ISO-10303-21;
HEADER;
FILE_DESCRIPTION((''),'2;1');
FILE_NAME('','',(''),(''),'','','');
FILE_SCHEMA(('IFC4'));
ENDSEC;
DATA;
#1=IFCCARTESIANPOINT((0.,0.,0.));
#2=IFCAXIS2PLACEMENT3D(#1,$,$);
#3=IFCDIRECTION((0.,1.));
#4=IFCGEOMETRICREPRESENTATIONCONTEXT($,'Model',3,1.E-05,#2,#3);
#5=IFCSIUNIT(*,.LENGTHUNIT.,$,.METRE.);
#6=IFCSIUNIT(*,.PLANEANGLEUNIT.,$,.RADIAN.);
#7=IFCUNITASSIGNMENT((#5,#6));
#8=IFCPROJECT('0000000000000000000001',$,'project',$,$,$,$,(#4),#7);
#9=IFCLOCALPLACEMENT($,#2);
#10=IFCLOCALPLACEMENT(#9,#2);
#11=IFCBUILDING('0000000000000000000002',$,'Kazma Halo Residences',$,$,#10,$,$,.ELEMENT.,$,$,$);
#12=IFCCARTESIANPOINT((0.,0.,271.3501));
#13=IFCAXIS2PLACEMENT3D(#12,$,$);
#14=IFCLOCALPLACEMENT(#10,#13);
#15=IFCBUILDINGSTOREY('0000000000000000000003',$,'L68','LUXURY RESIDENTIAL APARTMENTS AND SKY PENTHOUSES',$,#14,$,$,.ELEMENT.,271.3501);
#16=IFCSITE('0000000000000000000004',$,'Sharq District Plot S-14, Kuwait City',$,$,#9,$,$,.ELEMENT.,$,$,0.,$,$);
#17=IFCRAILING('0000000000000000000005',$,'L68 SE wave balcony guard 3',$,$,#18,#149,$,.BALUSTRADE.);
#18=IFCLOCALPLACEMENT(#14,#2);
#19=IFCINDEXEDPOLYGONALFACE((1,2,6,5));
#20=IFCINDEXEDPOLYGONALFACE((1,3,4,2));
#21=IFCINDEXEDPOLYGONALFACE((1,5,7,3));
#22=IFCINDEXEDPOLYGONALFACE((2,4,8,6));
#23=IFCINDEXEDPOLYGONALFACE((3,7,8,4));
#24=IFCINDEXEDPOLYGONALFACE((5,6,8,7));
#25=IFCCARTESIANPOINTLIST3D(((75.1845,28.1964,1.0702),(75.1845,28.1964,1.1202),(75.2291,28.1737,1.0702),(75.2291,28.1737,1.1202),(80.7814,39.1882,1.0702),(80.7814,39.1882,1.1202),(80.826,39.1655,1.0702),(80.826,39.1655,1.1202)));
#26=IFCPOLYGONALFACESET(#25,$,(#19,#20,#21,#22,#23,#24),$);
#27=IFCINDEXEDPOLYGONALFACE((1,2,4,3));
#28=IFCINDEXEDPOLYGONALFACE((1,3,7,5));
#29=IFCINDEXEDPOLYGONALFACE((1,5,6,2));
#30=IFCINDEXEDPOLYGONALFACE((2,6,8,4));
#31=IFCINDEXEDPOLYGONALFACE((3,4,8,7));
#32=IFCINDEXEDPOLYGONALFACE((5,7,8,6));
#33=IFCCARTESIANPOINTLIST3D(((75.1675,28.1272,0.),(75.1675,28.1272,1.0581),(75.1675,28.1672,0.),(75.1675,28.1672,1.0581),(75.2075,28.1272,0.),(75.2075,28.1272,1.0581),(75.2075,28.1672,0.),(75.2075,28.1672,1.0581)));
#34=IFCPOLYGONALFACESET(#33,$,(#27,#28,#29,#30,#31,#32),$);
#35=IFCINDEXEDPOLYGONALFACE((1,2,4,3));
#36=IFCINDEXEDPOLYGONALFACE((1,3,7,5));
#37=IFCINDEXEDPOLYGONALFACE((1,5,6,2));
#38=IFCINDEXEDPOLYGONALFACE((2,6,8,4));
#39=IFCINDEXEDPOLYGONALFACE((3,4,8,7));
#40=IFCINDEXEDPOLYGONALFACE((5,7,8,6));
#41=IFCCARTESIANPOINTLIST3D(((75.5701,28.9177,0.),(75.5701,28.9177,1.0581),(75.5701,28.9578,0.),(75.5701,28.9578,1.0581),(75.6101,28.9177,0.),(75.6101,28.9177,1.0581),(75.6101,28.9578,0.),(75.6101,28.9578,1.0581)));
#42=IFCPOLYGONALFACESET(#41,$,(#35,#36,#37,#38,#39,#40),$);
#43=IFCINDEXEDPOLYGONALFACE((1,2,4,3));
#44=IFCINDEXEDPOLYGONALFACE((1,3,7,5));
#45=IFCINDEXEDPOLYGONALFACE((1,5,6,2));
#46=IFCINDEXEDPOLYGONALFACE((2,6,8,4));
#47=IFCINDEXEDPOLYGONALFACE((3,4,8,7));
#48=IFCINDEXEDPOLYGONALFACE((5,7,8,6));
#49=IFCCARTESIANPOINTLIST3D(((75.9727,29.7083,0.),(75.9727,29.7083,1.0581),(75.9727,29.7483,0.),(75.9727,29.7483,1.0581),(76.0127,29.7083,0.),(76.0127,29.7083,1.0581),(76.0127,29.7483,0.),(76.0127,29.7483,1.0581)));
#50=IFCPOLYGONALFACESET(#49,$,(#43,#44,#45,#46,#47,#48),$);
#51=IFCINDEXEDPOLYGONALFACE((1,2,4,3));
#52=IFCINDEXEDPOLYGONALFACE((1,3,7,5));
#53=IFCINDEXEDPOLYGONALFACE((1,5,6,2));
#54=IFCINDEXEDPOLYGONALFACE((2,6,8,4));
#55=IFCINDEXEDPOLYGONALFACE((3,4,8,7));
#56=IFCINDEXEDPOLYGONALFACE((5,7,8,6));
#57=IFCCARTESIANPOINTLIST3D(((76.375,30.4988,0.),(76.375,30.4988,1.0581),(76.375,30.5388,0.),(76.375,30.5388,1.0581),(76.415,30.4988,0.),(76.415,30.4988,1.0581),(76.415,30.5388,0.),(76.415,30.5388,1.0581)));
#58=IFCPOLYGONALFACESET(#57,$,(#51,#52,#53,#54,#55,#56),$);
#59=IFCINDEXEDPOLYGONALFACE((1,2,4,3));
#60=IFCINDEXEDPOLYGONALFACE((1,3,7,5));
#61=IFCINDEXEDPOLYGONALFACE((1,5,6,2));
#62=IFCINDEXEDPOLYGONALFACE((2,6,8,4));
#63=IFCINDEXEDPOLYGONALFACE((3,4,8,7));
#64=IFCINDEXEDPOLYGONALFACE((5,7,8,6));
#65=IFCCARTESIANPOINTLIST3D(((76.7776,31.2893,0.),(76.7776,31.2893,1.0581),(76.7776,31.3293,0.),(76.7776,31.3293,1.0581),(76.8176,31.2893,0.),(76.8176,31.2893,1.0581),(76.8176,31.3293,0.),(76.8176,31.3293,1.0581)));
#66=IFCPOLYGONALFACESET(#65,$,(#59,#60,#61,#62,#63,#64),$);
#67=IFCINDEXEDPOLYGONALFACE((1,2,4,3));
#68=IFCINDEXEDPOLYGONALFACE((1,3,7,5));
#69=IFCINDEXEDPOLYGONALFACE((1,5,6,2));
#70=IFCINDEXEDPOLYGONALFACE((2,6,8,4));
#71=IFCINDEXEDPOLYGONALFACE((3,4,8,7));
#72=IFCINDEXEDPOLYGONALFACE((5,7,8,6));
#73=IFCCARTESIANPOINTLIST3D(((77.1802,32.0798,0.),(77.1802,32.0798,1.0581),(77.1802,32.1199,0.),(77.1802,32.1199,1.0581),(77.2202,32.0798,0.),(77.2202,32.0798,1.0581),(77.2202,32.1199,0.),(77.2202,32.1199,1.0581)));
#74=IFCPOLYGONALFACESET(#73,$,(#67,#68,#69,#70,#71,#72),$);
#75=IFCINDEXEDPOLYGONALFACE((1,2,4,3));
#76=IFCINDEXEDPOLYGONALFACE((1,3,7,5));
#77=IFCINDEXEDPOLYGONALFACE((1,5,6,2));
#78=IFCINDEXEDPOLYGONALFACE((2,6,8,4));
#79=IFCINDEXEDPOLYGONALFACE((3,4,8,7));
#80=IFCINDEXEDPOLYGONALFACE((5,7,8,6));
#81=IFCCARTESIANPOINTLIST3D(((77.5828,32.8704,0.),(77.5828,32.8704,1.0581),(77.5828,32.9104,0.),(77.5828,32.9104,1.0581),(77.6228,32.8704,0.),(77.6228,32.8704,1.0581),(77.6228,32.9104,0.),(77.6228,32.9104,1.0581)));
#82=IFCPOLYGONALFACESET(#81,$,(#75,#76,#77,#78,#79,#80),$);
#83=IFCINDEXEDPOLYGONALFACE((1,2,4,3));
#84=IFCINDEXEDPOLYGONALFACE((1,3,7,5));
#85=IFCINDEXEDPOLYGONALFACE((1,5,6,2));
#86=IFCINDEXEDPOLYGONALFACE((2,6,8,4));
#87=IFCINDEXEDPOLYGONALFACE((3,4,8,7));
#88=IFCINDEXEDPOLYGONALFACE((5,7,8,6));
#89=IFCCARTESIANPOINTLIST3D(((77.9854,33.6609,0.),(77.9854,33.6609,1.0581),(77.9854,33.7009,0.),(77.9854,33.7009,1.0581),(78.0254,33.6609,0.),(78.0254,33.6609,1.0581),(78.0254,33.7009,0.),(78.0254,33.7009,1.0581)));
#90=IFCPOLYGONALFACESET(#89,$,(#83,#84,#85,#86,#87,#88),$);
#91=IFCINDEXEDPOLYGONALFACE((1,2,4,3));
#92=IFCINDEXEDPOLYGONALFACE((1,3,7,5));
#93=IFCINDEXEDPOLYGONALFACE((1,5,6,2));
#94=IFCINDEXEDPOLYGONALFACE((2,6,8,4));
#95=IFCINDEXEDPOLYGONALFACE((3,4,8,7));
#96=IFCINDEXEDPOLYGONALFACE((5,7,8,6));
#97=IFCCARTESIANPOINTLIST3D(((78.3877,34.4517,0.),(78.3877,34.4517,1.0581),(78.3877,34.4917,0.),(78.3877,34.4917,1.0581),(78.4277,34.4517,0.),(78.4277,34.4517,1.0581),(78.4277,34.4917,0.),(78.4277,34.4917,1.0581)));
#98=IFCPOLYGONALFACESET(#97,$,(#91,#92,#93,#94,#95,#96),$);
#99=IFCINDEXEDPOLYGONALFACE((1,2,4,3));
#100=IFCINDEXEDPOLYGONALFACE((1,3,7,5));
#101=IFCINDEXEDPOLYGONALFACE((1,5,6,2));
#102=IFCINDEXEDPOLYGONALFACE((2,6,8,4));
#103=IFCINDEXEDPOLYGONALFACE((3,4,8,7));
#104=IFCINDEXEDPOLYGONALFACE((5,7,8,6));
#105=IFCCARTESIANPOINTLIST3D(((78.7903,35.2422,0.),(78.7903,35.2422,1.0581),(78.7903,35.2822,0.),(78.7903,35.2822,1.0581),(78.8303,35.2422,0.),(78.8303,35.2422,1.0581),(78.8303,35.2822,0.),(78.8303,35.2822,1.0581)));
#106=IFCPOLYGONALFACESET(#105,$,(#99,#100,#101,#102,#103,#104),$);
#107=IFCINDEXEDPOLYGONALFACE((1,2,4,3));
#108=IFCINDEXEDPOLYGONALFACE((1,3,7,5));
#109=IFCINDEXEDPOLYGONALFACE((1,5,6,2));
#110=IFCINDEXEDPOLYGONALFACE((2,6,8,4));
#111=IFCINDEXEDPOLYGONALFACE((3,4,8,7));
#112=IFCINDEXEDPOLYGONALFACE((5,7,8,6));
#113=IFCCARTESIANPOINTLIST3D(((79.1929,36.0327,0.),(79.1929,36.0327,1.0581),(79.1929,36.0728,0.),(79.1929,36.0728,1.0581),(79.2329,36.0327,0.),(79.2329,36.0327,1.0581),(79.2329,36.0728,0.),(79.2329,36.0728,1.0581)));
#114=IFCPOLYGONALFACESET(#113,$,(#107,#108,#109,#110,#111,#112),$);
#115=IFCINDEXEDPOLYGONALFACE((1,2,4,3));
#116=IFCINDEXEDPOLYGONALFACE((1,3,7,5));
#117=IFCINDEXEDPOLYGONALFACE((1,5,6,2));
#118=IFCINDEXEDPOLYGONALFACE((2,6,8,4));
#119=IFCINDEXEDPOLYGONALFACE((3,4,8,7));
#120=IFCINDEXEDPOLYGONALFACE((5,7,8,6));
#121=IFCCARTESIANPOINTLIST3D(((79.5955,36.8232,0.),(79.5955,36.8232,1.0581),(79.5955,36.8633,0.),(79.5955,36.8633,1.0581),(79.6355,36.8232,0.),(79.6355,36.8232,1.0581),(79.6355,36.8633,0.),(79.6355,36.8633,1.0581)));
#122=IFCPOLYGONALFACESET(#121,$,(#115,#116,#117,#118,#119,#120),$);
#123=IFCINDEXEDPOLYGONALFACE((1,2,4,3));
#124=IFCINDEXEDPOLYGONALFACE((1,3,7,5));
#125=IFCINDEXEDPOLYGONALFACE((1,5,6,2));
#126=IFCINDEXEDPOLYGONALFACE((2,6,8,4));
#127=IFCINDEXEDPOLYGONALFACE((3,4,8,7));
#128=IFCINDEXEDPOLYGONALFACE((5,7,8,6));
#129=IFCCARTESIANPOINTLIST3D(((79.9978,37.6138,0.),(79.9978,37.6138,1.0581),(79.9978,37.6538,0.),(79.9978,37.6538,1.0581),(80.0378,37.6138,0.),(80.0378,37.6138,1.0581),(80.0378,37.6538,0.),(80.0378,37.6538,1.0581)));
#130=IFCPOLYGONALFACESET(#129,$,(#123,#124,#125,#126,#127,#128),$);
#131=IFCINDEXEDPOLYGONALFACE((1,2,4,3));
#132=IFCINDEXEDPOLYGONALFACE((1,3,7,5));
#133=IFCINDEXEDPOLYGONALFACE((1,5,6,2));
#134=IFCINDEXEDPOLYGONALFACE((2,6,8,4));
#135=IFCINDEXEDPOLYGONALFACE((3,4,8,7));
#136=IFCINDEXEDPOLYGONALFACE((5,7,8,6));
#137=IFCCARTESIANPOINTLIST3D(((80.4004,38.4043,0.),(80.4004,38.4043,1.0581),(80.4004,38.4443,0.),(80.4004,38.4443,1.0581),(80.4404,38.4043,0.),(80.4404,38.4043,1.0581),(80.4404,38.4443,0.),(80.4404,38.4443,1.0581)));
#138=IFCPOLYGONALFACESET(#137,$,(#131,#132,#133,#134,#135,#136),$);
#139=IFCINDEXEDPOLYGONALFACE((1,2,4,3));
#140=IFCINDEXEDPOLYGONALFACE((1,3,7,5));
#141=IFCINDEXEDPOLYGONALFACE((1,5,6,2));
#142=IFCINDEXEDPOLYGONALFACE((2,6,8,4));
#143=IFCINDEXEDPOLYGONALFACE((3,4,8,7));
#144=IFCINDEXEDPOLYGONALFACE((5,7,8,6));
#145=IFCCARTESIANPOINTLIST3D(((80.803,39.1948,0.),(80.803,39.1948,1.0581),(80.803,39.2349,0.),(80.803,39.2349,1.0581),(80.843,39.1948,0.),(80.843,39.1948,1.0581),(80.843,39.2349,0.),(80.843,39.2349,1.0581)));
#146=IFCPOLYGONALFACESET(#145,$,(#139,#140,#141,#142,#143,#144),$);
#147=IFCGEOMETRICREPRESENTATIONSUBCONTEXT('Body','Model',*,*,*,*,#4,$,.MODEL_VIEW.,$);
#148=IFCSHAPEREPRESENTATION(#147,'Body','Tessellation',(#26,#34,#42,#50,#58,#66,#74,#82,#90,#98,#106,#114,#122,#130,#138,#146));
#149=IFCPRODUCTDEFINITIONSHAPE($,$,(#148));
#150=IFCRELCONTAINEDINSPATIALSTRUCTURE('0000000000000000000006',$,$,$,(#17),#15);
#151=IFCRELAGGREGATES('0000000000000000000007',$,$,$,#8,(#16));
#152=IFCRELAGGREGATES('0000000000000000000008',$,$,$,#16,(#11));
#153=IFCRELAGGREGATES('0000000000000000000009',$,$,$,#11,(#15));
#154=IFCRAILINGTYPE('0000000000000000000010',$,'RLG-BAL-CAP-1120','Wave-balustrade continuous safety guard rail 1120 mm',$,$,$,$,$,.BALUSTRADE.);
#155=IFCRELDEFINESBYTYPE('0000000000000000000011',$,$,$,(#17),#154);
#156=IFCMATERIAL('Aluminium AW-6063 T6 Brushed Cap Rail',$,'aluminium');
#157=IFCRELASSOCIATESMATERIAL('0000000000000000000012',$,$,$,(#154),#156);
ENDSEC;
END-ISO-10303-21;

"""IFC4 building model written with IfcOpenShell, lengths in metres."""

from ifc_helpers import new_model, si_unit, direction, frame, origin, origin_2d, place, context, subcontext, project, spatial, rectangle, extrude, material, type_object, element, save


model = new_model("IFC4")

# Units and contexts
model_context = context("Model", 3, precision=1e-05, world=origin(), true_north=direction((0.0, 1.0)))
body_context = subcontext(model_context, "Body", "Model", "MODEL_VIEW")
ifc_project = project(units=[si_unit("LENGTHUNIT", "METRE"), si_unit("PLANEANGLEUNIT", "RADIAN")], contexts=[model_context])

# Site, building, storey
site_placement = place(None, origin())
site = spatial("IfcSite", under=ifc_project, at=site_placement, Name="Sharq District Plot S-14, Kuwait City", CompositionType="ELEMENT", RefElevation=0.0)
building_placement = place(site_placement, origin())
building = spatial("IfcBuilding", under=site, at=building_placement, Name="Kazma Halo Residences", CompositionType="ELEMENT")
storey_placement = place(building_placement, frame((0.0, 0.0, 271.3501)))
storey = spatial("IfcBuildingStorey", under=building, at=storey_placement, Name="L68", Description="LUXURY RESIDENTIAL APARTMENTS AND SKY PENTHOUSES", CompositionType="ELEMENT", Elevation=271.3501)

# Railing
ifc_material_1 = material(Name="Aluminium AW-6063 T6 Brushed Cap Rail", Category="aluminium")
railing_type = type_object("IfcRailingType", Name="RLG-BAL-CAP-1120", Description="Wave-balustrade continuous safety guard rail 1120 mm", PredefinedType="BALUSTRADE", material=ifc_material_1)
railing_1_placement = place(storey_placement, frame((75.1875, 28.1472, 0.0)))
element("IfcRailing", 1, at=railing_1_placement, inside=storey, type_object=railing_type, Name="L68 SE wave balcony guard 3", PredefinedType="BALUSTRADE", context=body_context, shape_type="SweptSolid", body=[
    extrude(rectangle(XDim=0.05, YDim=0.05, at=origin_2d()), frame((0.0193, 0.0378, 1.0952), z_axis=(0.453751, 0.891128, 0.0), x_axis=(-0.891128, 0.453751, 0.0)), (0.0, 0.0, 1.0), 12.3347),
    extrude(rectangle(XDim=0.04, YDim=0.04, at=origin_2d()), origin(), (0.0, 0.0, 1.0), 1.0581),
    extrude(rectangle(XDim=0.04, YDim=0.04, at=origin_2d()), frame((0.4026, 0.7905, 0.0)), (0.0, 0.0, 1.0), 1.0581),
    extrude(rectangle(XDim=0.04, YDim=0.04, at=origin_2d()), frame((0.8052, 1.5811, 0.0)), (0.0, 0.0, 1.0), 1.0581),
    extrude(rectangle(XDim=0.04, YDim=0.04, at=origin_2d()), frame((1.2075, 2.3716, 0.0)), (0.0, 0.0, 1.0), 1.0581),
    extrude(rectangle(XDim=0.04, YDim=0.04, at=origin_2d()), frame((1.6101, 3.1621, 0.0)), (0.0, 0.0, 1.0), 1.0581),
    extrude(rectangle(XDim=0.04, YDim=0.04, at=origin_2d()), frame((2.0127, 3.9526, 0.0)), (0.0, 0.0, 1.0), 1.0581),
    extrude(rectangle(XDim=0.04, YDim=0.04, at=origin_2d()), frame((2.4153, 4.7432, 0.0)), (0.0, 0.0, 1.0), 1.0581),
    extrude(rectangle(XDim=0.04, YDim=0.04, at=origin_2d()), frame((2.8179, 5.5337, 0.0)), (0.0, 0.0, 1.0), 1.0581),
    extrude(rectangle(XDim=0.04, YDim=0.04, at=origin_2d()), frame((3.2202, 6.3245, 0.0)), (0.0, 0.0, 1.0), 1.0581),
    extrude(rectangle(XDim=0.04, YDim=0.04, at=origin_2d()), frame((3.6228, 7.115, 0.0)), (0.0, 0.0, 1.0), 1.0581),
    extrude(rectangle(XDim=0.04, YDim=0.04, at=origin_2d()), frame((4.0254, 7.9055, 0.0)), (0.0, 0.0, 1.0), 1.0581),
    extrude(rectangle(XDim=0.04, YDim=0.04, at=origin_2d()), frame((4.428, 8.696, 0.0)), (0.0, 0.0, 1.0), 1.0581),
    extrude(rectangle(XDim=0.04, YDim=0.04, at=origin_2d()), frame((4.8303, 9.4866, 0.0)), (0.0, 0.0, 1.0), 1.0581),
    extrude(rectangle(XDim=0.04, YDim=0.04, at=origin_2d()), frame((5.2329, 10.2771, 0.0)), (0.0, 0.0, 1.0), 1.0581),
    extrude(rectangle(XDim=0.04, YDim=0.04, at=origin_2d()), frame((5.6355, 11.0676, 0.0)), (0.0, 0.0, 1.0), 1.0581),
])

save(model, "model.ifc")
